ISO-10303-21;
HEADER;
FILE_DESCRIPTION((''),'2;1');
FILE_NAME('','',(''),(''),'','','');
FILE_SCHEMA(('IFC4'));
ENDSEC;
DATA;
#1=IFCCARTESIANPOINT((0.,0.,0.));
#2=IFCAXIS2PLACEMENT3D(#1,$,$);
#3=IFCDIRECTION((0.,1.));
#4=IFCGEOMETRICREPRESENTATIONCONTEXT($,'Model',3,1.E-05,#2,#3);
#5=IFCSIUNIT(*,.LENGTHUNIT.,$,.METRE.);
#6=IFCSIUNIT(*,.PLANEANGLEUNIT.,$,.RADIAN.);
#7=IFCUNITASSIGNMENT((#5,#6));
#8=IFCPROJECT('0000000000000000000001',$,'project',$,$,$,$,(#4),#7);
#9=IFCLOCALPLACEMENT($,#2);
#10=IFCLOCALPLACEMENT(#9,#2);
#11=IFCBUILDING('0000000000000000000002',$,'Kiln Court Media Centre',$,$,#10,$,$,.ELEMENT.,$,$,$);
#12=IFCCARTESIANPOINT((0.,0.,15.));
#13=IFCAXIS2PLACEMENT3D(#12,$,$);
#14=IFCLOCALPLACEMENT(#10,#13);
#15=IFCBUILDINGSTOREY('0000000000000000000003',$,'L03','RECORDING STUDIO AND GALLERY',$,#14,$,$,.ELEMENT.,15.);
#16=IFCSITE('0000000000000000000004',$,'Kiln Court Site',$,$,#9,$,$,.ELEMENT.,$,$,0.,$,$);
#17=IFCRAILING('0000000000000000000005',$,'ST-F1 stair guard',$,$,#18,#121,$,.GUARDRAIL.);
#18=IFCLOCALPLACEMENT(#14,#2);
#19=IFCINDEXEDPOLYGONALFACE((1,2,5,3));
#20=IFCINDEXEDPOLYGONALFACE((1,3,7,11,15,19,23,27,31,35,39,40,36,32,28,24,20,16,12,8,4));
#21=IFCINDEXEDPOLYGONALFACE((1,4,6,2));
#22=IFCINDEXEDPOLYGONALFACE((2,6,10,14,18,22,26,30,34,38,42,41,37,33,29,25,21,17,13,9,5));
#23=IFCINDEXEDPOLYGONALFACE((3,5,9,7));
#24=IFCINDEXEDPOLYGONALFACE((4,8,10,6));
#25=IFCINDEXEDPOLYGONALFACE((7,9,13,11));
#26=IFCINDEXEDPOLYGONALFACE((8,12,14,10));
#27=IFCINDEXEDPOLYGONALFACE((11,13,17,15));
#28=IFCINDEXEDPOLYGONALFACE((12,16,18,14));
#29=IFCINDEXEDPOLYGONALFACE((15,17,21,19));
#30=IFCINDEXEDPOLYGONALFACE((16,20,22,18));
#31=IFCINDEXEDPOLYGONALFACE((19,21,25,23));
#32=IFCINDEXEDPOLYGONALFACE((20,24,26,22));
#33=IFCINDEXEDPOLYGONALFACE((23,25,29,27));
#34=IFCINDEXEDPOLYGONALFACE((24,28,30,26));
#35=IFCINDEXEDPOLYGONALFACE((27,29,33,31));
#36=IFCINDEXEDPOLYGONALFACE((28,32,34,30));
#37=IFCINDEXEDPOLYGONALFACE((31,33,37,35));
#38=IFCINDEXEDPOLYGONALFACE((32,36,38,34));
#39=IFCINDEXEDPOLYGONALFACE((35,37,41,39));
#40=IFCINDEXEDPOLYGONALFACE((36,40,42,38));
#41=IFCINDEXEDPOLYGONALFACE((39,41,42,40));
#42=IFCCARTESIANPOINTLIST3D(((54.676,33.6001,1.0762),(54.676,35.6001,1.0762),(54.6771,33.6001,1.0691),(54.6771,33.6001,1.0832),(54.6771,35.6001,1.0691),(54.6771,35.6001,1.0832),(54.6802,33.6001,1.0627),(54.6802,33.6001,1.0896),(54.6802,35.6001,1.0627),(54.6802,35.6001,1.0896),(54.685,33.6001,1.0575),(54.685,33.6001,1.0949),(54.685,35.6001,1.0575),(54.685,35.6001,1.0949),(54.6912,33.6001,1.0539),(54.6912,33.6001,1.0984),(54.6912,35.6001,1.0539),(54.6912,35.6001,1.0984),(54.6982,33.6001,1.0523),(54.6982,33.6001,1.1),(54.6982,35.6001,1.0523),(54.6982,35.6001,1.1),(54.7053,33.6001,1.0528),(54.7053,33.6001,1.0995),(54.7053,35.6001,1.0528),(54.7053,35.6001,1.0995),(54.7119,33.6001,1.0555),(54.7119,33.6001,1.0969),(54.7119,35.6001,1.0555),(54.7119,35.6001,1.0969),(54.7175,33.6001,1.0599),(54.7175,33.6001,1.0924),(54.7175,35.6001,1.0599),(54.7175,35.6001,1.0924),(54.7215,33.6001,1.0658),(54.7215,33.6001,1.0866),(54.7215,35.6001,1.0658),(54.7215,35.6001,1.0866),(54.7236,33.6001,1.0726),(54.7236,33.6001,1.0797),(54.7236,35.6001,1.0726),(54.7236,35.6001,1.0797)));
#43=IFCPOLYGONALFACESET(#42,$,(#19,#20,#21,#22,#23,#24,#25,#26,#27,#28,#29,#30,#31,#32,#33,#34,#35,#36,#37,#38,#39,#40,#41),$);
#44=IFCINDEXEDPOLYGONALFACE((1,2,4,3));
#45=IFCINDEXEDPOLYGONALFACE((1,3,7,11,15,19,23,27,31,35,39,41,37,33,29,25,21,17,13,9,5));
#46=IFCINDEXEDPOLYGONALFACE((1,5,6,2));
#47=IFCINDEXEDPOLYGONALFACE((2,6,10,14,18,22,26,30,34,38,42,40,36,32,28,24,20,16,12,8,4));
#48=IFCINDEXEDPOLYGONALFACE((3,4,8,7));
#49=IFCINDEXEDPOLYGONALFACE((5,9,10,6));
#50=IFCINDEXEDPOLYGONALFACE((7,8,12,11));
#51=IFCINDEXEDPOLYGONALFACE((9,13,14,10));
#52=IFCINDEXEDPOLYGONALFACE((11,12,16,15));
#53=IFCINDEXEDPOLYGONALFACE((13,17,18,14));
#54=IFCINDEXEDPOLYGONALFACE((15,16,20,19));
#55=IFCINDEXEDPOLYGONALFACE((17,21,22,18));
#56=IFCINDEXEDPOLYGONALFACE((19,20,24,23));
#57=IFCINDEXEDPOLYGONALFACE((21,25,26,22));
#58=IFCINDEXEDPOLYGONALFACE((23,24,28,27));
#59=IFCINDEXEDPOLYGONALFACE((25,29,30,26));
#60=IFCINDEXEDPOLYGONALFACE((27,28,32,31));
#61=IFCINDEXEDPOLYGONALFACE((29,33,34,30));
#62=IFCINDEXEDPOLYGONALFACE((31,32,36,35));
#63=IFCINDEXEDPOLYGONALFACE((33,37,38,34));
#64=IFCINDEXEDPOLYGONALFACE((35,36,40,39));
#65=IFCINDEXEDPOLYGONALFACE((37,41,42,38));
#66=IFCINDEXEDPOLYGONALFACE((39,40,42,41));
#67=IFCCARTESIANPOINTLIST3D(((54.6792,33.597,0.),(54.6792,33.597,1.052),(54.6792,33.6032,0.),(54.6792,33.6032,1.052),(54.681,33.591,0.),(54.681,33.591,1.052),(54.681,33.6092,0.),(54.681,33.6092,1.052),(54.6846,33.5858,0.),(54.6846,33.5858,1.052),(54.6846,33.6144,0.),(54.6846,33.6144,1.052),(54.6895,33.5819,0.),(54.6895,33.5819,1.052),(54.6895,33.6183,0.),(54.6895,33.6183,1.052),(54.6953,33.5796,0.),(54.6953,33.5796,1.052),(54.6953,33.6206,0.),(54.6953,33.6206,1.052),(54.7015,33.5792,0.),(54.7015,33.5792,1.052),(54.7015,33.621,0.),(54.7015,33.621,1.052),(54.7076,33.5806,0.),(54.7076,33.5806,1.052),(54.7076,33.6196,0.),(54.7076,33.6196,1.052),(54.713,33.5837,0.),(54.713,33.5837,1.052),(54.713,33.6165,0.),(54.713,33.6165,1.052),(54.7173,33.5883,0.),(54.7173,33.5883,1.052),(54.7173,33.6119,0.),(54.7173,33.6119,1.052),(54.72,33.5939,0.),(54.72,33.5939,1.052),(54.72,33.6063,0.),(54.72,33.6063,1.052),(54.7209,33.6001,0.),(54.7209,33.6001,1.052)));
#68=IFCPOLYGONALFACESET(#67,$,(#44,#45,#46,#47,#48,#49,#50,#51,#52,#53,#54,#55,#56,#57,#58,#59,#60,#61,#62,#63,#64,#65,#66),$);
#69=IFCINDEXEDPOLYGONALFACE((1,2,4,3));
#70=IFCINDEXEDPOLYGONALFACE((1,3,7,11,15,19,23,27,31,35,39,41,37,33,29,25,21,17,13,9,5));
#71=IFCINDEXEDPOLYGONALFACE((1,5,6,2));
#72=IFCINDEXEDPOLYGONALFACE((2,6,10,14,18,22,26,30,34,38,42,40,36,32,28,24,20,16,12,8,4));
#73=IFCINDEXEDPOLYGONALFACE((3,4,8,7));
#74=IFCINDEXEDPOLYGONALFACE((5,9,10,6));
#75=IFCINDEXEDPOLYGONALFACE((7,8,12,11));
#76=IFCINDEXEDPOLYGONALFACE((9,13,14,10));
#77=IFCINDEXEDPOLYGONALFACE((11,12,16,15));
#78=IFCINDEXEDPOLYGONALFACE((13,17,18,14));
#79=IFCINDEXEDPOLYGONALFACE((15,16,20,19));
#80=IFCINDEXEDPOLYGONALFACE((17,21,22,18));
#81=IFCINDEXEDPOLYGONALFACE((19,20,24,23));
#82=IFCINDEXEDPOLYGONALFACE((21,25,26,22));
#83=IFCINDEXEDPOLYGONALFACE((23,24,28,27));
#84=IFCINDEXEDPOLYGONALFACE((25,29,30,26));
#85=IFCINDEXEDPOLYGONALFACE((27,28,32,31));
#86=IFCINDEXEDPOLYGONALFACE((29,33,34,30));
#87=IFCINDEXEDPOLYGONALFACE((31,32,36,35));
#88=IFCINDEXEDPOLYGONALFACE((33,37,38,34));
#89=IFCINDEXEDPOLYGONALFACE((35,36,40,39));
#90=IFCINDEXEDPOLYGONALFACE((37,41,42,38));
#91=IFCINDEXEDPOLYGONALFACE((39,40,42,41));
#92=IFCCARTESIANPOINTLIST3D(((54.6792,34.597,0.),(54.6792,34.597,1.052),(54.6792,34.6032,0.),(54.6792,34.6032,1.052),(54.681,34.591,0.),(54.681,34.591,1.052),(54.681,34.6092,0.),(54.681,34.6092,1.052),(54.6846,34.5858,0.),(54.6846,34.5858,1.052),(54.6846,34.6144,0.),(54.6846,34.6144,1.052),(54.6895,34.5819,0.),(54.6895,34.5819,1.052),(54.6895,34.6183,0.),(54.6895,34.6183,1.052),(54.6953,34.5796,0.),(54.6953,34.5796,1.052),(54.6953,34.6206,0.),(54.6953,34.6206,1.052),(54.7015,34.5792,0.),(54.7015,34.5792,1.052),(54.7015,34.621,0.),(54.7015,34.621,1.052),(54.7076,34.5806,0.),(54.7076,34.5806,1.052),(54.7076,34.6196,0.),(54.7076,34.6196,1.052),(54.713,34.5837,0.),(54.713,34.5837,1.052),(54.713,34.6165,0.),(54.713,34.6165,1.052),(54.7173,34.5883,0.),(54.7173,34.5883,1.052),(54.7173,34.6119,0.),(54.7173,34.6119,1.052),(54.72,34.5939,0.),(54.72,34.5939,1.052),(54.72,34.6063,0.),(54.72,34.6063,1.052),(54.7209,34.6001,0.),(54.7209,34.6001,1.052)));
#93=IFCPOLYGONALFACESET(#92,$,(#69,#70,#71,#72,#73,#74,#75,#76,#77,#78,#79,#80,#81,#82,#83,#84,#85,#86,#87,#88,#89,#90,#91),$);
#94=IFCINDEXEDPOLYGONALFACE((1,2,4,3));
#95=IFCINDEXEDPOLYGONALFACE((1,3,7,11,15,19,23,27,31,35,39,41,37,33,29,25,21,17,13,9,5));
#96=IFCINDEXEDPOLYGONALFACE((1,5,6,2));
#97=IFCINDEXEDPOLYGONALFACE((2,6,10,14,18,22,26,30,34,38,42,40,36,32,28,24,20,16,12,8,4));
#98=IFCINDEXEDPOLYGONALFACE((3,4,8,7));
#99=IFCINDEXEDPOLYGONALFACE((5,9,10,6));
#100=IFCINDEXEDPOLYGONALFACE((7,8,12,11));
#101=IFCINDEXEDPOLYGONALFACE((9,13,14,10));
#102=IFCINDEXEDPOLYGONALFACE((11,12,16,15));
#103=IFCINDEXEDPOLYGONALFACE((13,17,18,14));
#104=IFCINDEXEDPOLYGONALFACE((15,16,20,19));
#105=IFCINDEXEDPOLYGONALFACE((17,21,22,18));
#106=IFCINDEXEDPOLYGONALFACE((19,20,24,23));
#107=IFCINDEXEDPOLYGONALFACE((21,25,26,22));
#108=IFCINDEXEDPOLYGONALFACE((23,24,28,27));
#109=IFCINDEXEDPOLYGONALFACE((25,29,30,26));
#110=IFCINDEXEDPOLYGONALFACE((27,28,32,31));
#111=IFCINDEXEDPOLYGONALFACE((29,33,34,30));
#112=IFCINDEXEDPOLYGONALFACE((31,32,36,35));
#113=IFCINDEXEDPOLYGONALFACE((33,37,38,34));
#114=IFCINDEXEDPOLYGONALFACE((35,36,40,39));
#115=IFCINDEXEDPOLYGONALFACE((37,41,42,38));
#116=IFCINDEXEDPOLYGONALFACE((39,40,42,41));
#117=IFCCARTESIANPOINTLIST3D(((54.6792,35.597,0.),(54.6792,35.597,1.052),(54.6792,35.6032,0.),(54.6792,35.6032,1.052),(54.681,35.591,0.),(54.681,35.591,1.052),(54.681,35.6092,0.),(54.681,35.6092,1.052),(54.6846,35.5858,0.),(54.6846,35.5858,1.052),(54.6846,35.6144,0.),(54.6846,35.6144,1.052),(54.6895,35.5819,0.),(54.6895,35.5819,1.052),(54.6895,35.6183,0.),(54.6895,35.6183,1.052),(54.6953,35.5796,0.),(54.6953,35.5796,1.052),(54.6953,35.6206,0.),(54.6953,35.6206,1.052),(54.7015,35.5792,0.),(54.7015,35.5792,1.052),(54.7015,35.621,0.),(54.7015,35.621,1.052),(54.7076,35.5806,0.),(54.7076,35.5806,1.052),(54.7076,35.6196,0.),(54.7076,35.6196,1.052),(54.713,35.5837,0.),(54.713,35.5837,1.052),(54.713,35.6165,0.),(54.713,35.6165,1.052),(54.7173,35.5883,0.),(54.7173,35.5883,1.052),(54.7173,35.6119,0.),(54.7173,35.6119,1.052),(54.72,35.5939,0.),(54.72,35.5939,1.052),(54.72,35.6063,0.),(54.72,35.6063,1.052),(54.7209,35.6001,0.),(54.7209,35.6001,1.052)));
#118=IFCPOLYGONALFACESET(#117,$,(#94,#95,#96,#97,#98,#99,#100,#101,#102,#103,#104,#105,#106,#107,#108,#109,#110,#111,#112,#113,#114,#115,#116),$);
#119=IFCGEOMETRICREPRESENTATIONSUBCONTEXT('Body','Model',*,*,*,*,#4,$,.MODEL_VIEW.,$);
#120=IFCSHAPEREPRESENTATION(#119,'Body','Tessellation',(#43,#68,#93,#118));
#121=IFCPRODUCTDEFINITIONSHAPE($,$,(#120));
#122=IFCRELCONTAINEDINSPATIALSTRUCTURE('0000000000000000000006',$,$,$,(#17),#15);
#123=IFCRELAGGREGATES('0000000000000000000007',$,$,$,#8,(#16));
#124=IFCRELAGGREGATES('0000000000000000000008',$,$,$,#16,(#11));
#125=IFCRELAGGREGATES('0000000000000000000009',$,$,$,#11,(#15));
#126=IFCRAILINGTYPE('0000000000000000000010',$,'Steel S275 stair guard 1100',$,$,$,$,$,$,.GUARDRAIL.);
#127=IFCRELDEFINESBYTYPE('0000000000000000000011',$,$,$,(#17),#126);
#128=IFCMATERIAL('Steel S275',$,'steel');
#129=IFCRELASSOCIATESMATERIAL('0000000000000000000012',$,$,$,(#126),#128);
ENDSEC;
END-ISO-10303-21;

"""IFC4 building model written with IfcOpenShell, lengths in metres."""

from ifc_helpers import new_model, si_unit, direction, frame, origin, origin_2d, place, context, subcontext, project, spatial, circle, extrude, material, type_object, element, save


model = new_model("IFC4")

# Units and contexts
model_context = context("Model", 3, precision=1e-05, world=origin(), true_north=direction((0.0, 1.0)))
body_context = subcontext(model_context, "Body", "Model", "MODEL_VIEW")
ifc_project = project(units=[si_unit("LENGTHUNIT", "METRE"), si_unit("PLANEANGLEUNIT", "RADIAN")], contexts=[model_context])

# Site, building, storey
site_placement = place(None, origin())
site = spatial("IfcSite", under=ifc_project, at=site_placement, Name="Kiln Court Site", CompositionType="ELEMENT", RefElevation=0.0)
building_placement = place(site_placement, origin())
building = spatial("IfcBuilding", under=site, at=building_placement, Name="Kiln Court Media Centre", CompositionType="ELEMENT")
storey_placement = place(building_placement, frame((0.0, 0.0, 15.0)))
storey = spatial("IfcBuildingStorey", under=building, at=storey_placement, Name="L03", Description="RECORDING STUDIO AND GALLERY", CompositionType="ELEMENT", Elevation=15.0)

# Railing
ifc_material_1 = material(Name="Steel S275", Category="steel")
railing_type_1 = type_object("IfcRailingType", Name="Steel S275 stair guard 1100", PredefinedType="GUARDRAIL", material=ifc_material_1)
for number, where, name in (
    (1, (54.7, 33.6001, 0.0), "ST-F1 stair guard"),
):
    element("IfcRailing", number, at=place(storey_placement, frame(where)), inside=storey, type_object=railing_type_1, Name=name, PredefinedType="GUARDRAIL", context=body_context, shape_type="SweptSolid", body=[
        extrude(circle(Radius=0.0239, at=origin_2d()), frame((0.0, 0.0, 1.0762), z_axis=(0.0, 1.0, 0.0), x_axis=(-1.0, 0.0, 0.0)), (0.0, 0.0, 1.0), 2.0),
        extrude(circle(Radius=0.021, at=origin_2d()), origin(), (0.0, 0.0, 1.0), 1.052),
        extrude(circle(Radius=0.021, at=origin_2d()), frame((0.0, 1.0, 0.0)), (0.0, 0.0, 1.0), 1.052),
        extrude(circle(Radius=0.021, at=origin_2d()), frame((0.0, 2.0, 0.0)), (0.0, 0.0, 1.0), 1.052),
    ])

save(model, "model.ifc")
